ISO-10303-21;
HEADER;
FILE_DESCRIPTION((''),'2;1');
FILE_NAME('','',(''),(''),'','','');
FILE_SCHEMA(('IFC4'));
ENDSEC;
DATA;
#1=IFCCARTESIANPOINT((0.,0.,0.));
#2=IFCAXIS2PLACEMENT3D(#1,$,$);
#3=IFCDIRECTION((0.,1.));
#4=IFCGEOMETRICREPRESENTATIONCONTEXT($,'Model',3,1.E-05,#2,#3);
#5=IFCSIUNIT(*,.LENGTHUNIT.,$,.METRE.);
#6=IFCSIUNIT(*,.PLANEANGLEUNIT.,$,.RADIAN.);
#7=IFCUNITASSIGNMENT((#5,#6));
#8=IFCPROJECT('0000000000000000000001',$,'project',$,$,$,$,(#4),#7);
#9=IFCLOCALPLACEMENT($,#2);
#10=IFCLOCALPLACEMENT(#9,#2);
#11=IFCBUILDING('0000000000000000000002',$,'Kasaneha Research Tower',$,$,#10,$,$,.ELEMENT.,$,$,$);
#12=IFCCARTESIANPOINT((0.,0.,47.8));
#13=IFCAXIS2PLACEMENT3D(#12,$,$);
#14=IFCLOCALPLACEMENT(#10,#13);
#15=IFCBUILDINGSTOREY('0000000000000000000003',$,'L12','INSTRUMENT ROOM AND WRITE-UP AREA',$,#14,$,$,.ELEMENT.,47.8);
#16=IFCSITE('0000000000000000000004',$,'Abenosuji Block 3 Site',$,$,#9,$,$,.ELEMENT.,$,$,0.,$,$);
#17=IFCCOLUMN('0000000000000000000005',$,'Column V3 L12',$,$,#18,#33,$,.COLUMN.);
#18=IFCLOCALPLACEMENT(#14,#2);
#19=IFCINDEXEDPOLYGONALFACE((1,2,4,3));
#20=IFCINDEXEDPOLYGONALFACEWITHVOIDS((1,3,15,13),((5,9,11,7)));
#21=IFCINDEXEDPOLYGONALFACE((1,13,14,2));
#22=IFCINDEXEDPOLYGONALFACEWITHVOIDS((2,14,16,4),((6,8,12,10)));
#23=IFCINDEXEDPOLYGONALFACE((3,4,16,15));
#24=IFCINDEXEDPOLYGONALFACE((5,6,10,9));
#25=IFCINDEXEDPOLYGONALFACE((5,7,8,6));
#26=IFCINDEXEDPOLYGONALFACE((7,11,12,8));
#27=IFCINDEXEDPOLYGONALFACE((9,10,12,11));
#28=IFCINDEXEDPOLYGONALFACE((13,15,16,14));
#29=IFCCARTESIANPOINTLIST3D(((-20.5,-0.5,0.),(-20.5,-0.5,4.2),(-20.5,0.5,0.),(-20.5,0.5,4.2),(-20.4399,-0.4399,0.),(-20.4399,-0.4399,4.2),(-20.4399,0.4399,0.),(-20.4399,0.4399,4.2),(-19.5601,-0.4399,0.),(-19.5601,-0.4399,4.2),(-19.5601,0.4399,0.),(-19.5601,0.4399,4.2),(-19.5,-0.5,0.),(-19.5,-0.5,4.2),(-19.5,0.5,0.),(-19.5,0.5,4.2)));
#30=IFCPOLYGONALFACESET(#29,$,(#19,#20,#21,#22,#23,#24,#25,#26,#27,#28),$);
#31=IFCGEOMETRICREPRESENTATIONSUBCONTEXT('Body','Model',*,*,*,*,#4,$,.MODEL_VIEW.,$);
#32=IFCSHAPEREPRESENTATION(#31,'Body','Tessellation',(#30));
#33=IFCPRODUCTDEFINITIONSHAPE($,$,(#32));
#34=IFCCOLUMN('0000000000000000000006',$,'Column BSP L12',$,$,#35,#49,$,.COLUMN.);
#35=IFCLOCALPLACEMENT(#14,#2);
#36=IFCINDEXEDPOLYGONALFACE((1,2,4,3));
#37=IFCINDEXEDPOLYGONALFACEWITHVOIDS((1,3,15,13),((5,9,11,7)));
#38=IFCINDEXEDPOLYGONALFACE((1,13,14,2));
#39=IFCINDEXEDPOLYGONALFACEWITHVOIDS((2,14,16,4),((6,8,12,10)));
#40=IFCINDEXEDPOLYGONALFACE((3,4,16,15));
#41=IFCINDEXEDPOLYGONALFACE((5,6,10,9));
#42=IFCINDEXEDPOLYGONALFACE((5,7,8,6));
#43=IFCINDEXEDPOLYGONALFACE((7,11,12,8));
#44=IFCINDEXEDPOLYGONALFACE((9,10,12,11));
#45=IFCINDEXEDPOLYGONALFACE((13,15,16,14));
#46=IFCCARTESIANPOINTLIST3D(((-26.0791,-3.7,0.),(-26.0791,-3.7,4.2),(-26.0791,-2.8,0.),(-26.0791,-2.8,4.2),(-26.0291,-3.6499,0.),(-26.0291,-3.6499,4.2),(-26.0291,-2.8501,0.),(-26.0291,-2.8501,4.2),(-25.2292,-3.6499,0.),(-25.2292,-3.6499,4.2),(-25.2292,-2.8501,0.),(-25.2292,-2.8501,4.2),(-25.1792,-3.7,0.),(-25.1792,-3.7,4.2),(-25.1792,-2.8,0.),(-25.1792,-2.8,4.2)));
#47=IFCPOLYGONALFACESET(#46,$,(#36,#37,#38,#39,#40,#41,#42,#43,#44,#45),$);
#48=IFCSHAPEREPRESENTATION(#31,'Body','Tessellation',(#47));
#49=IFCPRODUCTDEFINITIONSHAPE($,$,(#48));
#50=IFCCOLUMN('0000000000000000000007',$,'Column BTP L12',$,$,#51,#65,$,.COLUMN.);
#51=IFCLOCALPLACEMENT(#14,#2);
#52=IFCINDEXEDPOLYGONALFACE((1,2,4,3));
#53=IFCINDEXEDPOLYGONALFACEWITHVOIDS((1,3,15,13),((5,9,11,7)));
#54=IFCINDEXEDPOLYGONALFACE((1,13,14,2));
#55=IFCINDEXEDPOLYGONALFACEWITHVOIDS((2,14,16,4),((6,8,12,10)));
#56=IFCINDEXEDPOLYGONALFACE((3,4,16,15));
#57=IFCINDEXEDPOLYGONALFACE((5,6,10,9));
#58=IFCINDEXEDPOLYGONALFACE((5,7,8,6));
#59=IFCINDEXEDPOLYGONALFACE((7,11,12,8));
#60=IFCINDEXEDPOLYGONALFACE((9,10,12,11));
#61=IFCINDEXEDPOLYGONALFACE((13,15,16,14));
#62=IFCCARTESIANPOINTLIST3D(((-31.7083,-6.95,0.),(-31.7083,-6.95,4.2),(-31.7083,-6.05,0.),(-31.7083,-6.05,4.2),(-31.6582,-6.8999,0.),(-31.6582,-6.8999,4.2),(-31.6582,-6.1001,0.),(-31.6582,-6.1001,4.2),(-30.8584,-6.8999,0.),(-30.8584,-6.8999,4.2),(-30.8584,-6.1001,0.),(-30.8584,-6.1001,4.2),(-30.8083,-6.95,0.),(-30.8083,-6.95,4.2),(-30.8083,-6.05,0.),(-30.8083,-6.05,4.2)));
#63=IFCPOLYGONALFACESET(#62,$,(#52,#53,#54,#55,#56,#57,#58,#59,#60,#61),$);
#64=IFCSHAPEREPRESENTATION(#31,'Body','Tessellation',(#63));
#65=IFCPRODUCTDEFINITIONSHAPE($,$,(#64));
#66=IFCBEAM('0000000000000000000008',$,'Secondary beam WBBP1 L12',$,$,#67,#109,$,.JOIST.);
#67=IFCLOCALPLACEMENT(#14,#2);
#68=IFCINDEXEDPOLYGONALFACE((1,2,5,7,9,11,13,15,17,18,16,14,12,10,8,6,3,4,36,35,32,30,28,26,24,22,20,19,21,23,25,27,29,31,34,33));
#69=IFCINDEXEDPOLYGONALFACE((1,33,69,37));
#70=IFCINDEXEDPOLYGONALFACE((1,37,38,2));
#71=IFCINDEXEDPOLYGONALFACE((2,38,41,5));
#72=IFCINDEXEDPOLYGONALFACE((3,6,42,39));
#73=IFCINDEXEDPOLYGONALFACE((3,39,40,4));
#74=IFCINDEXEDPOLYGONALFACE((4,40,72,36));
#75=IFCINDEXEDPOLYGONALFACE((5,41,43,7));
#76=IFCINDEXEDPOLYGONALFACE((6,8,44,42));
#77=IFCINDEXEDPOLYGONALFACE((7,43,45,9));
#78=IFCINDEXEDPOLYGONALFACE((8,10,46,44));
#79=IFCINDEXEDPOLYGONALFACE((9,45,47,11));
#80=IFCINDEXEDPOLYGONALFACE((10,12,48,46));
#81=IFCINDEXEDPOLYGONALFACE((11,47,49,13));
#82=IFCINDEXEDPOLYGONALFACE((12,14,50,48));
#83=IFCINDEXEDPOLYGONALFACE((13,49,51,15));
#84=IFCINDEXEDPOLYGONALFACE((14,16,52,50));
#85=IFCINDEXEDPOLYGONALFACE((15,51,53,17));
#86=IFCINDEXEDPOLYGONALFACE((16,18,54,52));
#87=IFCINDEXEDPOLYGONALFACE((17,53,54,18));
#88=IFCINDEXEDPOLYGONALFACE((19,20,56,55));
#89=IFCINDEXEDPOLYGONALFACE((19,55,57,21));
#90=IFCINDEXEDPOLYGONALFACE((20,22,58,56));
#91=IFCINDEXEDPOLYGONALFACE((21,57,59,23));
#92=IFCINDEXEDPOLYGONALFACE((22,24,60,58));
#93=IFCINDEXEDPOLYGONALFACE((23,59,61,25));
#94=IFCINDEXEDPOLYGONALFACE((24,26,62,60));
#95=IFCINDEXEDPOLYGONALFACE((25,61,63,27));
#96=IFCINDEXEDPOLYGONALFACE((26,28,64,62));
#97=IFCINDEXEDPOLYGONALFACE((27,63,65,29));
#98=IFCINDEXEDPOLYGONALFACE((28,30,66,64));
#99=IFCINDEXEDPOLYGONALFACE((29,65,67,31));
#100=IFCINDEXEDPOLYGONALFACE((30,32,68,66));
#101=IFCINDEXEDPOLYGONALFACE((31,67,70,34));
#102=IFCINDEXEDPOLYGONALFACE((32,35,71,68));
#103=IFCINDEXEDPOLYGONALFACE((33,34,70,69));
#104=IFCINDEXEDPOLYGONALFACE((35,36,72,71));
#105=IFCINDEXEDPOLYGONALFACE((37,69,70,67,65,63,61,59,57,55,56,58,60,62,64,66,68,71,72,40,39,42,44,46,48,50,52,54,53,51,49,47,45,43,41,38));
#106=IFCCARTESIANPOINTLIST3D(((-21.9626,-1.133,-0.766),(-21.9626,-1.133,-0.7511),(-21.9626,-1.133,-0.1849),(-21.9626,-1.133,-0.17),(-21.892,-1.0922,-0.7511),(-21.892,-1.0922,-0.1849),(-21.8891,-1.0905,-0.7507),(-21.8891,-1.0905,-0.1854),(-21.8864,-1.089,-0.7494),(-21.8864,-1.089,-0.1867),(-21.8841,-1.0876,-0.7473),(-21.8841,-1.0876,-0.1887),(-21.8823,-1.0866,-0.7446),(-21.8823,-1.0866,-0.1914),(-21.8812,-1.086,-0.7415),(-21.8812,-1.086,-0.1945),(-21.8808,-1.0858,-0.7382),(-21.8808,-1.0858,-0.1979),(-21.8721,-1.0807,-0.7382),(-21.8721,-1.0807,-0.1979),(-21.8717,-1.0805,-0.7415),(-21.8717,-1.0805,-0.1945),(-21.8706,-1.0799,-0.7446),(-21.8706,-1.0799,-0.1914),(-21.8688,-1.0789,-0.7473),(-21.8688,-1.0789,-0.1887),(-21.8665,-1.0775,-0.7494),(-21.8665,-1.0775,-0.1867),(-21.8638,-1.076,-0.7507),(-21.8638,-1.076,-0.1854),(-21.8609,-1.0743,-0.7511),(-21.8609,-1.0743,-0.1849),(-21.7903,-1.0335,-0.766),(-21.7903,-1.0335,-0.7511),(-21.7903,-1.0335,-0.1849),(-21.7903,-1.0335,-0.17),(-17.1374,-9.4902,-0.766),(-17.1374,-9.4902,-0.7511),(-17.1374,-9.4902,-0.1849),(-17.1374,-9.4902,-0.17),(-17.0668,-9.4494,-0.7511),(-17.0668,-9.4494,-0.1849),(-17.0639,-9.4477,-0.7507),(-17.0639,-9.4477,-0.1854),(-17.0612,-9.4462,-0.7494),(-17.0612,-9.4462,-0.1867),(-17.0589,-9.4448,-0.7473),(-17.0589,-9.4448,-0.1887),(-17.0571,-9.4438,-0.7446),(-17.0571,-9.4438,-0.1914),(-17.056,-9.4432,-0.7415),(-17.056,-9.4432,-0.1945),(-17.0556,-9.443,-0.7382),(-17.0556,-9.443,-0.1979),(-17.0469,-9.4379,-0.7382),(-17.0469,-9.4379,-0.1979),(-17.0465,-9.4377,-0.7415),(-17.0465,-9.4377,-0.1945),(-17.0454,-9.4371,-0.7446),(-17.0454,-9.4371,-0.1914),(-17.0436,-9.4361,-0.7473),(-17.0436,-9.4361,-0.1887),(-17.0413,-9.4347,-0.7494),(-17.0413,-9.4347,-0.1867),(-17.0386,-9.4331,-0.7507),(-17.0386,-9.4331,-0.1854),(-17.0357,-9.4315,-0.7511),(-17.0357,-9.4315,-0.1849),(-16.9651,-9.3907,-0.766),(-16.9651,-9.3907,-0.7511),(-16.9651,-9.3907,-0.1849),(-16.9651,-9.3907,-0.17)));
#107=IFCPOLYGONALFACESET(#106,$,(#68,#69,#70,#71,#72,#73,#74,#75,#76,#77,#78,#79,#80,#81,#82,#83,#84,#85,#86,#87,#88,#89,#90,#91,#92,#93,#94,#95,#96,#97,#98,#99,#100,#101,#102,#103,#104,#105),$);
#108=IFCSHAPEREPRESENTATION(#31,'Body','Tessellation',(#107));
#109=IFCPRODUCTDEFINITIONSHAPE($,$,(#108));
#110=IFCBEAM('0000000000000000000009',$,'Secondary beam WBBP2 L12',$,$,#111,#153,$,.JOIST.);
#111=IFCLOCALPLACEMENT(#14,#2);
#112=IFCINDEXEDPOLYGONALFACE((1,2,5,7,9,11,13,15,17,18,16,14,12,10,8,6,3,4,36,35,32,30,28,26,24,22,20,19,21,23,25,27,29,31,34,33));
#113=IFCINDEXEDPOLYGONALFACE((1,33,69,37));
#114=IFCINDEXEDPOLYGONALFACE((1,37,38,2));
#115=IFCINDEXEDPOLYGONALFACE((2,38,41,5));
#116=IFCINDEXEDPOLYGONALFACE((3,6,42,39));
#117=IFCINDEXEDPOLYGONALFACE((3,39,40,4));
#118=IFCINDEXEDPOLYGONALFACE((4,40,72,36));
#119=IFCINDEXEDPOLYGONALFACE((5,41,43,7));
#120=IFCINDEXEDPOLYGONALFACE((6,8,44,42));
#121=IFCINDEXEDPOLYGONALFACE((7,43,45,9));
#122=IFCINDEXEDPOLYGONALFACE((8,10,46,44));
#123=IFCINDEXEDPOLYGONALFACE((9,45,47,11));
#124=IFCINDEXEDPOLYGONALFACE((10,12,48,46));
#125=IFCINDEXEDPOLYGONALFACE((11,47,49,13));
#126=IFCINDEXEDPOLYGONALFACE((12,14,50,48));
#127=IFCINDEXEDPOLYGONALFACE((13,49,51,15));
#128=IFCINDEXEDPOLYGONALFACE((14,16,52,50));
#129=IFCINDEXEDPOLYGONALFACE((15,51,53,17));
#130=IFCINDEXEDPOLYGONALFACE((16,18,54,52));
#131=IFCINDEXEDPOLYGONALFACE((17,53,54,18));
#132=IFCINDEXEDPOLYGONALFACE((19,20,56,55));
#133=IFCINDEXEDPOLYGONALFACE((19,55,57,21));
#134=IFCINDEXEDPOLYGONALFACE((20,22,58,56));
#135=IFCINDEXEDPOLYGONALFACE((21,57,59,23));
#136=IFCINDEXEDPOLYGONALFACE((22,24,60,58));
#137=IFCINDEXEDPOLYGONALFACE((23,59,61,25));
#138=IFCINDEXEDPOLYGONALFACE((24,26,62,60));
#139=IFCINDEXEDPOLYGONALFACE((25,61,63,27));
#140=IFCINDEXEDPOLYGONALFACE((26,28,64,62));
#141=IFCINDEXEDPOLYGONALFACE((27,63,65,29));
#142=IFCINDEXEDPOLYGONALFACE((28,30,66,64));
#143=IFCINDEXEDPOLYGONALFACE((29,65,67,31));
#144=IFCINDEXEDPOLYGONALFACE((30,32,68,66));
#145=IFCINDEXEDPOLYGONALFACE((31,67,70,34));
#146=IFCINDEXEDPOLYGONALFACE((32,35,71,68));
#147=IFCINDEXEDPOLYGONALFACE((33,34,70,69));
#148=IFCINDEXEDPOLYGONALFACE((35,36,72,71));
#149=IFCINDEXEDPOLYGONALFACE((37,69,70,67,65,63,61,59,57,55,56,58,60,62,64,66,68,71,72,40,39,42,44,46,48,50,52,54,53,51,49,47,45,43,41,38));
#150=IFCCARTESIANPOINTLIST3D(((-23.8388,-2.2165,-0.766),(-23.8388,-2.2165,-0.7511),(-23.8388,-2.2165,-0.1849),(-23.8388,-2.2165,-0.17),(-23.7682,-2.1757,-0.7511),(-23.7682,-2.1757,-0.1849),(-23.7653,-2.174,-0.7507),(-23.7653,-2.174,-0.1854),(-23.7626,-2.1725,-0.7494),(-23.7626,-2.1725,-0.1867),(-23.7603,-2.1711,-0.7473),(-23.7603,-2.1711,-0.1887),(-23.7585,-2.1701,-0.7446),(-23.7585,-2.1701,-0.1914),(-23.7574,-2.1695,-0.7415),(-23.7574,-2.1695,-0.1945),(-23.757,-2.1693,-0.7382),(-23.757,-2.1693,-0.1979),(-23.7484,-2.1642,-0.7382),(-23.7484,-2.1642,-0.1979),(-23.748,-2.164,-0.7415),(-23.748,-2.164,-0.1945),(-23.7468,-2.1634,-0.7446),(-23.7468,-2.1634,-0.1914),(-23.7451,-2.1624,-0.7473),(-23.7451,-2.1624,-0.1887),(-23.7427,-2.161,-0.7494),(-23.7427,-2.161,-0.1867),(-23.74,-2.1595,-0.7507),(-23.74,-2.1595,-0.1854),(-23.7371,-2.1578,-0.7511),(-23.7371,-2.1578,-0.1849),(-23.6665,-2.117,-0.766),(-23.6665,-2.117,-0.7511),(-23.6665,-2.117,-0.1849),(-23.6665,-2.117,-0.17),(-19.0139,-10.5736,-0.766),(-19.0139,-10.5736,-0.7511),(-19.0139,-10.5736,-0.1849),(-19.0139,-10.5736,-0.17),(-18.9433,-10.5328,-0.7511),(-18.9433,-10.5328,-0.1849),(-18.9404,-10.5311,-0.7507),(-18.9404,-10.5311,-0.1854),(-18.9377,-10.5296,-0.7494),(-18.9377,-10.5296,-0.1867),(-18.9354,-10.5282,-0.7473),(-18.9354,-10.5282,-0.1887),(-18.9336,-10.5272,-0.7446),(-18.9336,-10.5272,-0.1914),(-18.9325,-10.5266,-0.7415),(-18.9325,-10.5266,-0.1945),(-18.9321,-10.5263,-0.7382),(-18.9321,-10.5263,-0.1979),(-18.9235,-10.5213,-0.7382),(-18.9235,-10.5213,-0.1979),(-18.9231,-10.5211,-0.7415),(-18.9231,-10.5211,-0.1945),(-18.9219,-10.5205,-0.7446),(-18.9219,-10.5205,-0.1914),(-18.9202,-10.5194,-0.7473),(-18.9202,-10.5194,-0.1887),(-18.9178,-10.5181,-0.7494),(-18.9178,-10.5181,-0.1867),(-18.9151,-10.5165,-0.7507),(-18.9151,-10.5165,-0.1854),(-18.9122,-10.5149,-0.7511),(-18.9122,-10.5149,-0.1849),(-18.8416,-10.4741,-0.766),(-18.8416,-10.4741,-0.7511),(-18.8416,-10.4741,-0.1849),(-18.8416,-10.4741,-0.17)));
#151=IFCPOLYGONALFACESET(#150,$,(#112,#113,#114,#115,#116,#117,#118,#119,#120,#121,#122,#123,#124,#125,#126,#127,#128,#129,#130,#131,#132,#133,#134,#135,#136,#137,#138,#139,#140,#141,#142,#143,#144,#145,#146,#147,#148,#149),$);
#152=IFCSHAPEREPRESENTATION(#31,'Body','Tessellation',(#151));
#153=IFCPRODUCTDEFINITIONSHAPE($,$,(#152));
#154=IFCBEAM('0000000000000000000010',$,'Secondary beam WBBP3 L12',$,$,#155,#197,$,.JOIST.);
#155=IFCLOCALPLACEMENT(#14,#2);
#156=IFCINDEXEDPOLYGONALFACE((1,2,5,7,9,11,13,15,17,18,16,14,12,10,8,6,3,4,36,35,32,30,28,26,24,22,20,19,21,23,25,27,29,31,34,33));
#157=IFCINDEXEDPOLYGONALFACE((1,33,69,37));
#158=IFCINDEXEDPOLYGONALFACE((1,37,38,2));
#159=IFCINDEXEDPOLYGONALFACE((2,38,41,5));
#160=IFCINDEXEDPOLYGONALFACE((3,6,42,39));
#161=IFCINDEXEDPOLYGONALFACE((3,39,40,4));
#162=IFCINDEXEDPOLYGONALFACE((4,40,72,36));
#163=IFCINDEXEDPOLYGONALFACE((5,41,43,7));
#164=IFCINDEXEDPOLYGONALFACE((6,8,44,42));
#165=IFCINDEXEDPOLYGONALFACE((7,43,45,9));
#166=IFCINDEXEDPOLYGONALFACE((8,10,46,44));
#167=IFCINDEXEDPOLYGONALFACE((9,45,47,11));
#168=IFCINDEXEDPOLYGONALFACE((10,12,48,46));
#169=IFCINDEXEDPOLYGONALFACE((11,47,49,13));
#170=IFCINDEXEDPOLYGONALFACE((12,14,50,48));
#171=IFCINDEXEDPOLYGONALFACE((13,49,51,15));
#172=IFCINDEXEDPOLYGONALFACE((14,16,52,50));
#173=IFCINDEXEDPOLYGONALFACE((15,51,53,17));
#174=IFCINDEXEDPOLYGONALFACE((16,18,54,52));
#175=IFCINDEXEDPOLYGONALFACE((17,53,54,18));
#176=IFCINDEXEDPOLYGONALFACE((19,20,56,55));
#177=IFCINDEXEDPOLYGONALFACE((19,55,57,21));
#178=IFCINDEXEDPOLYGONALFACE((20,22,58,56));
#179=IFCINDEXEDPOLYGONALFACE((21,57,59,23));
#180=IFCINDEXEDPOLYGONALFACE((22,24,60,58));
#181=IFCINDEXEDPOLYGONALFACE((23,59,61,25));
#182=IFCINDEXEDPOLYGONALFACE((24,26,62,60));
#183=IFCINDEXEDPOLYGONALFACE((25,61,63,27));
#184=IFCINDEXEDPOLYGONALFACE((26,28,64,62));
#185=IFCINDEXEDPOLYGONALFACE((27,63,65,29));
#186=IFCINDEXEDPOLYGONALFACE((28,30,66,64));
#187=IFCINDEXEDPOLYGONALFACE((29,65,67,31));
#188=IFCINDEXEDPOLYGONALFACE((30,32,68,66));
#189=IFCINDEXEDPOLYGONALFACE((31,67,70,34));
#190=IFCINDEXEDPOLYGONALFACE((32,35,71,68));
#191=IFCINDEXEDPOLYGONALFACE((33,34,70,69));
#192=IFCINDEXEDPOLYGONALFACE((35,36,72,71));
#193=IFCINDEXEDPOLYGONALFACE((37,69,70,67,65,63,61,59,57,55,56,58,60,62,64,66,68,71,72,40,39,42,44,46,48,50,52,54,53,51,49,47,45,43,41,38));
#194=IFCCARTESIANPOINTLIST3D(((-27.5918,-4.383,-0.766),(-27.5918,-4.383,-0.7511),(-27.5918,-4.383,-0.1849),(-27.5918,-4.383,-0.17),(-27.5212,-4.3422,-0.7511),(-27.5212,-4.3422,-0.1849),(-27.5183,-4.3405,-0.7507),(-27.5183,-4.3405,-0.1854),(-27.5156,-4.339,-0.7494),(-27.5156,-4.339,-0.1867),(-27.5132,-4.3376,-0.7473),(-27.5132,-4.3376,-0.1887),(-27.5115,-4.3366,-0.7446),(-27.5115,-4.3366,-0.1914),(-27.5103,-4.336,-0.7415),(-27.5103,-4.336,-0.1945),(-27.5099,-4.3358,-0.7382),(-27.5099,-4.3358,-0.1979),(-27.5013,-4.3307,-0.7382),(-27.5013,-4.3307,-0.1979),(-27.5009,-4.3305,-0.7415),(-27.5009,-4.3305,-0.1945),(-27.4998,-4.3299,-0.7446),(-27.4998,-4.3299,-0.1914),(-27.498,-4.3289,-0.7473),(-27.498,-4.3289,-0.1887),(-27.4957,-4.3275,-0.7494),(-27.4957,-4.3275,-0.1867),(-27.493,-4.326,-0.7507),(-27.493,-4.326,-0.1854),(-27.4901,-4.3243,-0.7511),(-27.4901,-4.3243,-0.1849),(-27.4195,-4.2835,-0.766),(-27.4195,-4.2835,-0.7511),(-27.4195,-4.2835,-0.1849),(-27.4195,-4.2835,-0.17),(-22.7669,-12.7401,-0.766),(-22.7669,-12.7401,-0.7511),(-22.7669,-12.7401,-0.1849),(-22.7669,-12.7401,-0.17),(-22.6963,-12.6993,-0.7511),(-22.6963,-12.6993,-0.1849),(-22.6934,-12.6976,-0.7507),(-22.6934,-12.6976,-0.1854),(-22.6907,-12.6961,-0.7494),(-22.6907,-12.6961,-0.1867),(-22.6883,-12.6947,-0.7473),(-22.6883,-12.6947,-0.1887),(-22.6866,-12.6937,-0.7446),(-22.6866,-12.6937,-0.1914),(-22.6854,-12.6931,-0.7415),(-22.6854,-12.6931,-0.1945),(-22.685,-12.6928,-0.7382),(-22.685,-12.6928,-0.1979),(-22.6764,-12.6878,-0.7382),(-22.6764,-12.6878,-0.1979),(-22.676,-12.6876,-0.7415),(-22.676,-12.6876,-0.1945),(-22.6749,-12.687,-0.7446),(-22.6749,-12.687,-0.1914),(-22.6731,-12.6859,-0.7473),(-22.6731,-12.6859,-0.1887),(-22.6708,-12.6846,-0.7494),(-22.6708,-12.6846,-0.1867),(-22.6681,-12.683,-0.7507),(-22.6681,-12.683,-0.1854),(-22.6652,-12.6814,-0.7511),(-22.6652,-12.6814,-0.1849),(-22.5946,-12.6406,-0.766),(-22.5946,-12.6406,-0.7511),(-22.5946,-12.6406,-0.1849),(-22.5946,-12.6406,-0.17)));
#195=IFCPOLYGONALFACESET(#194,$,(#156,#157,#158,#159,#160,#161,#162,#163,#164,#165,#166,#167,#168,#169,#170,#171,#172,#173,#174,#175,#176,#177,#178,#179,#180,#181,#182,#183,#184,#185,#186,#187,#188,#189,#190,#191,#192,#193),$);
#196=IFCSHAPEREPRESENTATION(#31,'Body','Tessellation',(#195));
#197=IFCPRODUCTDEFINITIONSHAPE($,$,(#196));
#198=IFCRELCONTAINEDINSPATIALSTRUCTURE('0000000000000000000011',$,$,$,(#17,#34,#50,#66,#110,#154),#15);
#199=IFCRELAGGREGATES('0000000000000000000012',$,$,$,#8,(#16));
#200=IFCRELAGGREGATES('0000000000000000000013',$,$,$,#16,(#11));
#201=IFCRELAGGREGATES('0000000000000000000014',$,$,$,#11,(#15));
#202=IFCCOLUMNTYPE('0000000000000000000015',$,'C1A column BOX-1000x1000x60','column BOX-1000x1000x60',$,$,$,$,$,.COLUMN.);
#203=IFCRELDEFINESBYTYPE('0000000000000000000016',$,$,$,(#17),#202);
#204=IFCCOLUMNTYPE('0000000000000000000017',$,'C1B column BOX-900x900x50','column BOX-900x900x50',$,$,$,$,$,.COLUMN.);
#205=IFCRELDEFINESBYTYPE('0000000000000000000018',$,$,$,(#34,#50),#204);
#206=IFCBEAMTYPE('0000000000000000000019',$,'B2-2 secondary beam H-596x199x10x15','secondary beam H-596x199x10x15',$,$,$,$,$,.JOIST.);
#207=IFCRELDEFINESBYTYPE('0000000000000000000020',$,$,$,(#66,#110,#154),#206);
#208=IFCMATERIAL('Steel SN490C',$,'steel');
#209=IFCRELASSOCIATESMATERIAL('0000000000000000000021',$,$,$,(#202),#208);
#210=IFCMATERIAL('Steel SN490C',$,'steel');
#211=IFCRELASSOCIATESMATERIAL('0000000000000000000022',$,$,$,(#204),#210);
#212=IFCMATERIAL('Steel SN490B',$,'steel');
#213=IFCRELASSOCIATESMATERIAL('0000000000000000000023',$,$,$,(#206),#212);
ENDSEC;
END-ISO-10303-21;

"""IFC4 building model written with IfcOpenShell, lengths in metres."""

from ifc_helpers import new_model, si_unit, direction, frame, origin, origin_2d, place, context, subcontext, project, spatial, hollow_rectangle, i_section, extrude, material, material_profile, profile_set, type_object, element, save


model = new_model("IFC4")

# Units and contexts
model_context = context("Model", 3, precision=1e-05, world=origin(), true_north=direction((0.0, 1.0)))
body_context = subcontext(model_context, "Body", "Model", "MODEL_VIEW")
ifc_project = project(units=[si_unit("LENGTHUNIT", "METRE"), si_unit("PLANEANGLEUNIT", "RADIAN")], contexts=[model_context])

# Site, building, storey
site_placement = place(None, origin())
site = spatial("IfcSite", under=ifc_project, at=site_placement, Name="Abenosuji Block 3 Site", CompositionType="ELEMENT", RefElevation=0.0)
building_placement = place(site_placement, origin())
building = spatial("IfcBuilding", under=site, at=building_placement, Name="Kasaneha Research Tower", CompositionType="ELEMENT")
storey_placement = place(building_placement, frame((0.0, 0.0, 47.8)))
storey = spatial("IfcBuildingStorey", under=building, at=storey_placement, Name="L12", Description="INSTRUMENT ROOM AND WRITE-UP AREA", CompositionType="ELEMENT", Elevation=47.8)

# Columns
ifc_material_1 = material(Name="Steel SN490C", Category="steel")
ifc_material_profile_1 = material_profile(ifc_material_1, hollow_rectangle(XDim=1.0, YDim=1.0, WallThickness=0.0601, at=origin_2d()), Name="BOX-1000x1000x60")
ifc_profile_set_1 = profile_set([ifc_material_profile_1], Name="Steel SN490C")
column_type_1 = type_object("IfcColumnType", Name="C1A column BOX-1000x1000x60", Description="column BOX-1000x1000x60", PredefinedType="COLUMN", material=ifc_profile_set_1)
column_placement = place(storey_placement, frame((-20.0, 0.0, 0.0), z_axis=(0.0, 0.0, 1.0), x_axis=(1.0, 0.0, 0.0)))
element("IfcColumn", 1, at=column_placement, inside=storey, type_object=column_type_1, Name="Column V3 L12", PredefinedType="COLUMN", context=body_context, shape_type="SweptSolid", body=[
    extrude(hollow_rectangle(XDim=1.0, YDim=1.0, WallThickness=0.0601, at=origin_2d()), origin(), (0.0, 0.0, 1.0), 4.2),
])
ifc_material_2 = material(Name="Steel SN490C", Category="steel")
ifc_material_profile_2 = material_profile(ifc_material_2, hollow_rectangle(XDim=0.8999, YDim=0.8999, WallThickness=0.05, at=origin_2d()), Name="BOX-900x900x50")
ifc_profile_set_2 = profile_set([ifc_material_profile_2], Name="Steel SN490C")
column_type_2 = type_object("IfcColumnType", Name="C1B column BOX-900x900x50", Description="column BOX-900x900x50", PredefinedType="COLUMN", material=ifc_profile_set_2)
for number, where, z_axis, x_axis, name in (
    (2, (-25.6292, -3.25, 0.0), (0.0, 0.0, 1.0), (1.0, 0.0, 0.0), "Column BSP L12"),
    (3, (-31.2583, -6.5, 0.0), (0.0, 0.0, 1.0), (1.0, 0.0, 0.0), "Column BTP L12"),
):
    element("IfcColumn", number, at=place(storey_placement, frame(where, z_axis=z_axis, x_axis=x_axis)), inside=storey, type_object=column_type_2, Name=name, PredefinedType="COLUMN", context=body_context, shape_type="SweptSolid", body=[
        extrude(hollow_rectangle(XDim=0.8999, YDim=0.8999, WallThickness=0.05, at=origin_2d()), origin(), (0.0, 0.0, 1.0), 4.2),
    ])

# Beams
ifc_material_3 = material(Name="Steel SN490B", Category="steel")
ifc_material_profile_3 = material_profile(ifc_material_3, i_section(OverallWidth=0.199, OverallDepth=0.5959, WebThickness=0.01, FlangeThickness=0.0149, FilletRadius=0.0129, at=origin_2d()), Name="H-596x199x10x15")
ifc_profile_set_3 = profile_set([ifc_material_profile_3], Name="Steel SN490B")
beam_type_1 = type_object("IfcBeamType", Name="B2-2 secondary beam H-596x199x10x15", Description="secondary beam H-596x199x10x15", PredefinedType="JOIST", material=ifc_profile_set_3)
beam_1_placement = place(storey_placement, frame((-21.8765, -1.0833, -0.468), z_axis=(0.500014, -0.866017, 0.0), x_axis=(0.866017, 0.500014, 0.0)))
element("IfcBeam", 4, at=beam_1_placement, inside=storey, type_object=beam_type_1, Name="Secondary beam WBBP1 L12", PredefinedType="JOIST", context=body_context, shape_type="SweptSolid", body=[
    extrude(i_section(OverallWidth=0.199, OverallDepth=0.5959, WebThickness=0.01, FlangeThickness=0.0149, FilletRadius=0.0129, at=origin_2d()), origin(), (0.0, 0.0, 1.0), 9.6501),
])
for number, where, z_axis, x_axis, name in (
    (5, (-23.7527, -2.1667, -0.468), (0.499995, -0.866028, 0.0), (0.866028, 0.499995, 0.0), "Secondary beam WBBP2 L12"),
    (6, (-27.5056, -4.3333, -0.468), (0.499995, -0.866028, 0.0), (0.866028, 0.499995, 0.0), "Secondary beam WBBP3 L12"),
):
    element("IfcBeam", number, at=place(storey_placement, frame(where, z_axis=z_axis, x_axis=x_axis)), inside=storey, type_object=beam_type_1, Name=name, PredefinedType="JOIST", context=body_context, shape_type="SweptSolid", body=[
        extrude(i_section(OverallWidth=0.199, OverallDepth=0.5959, WebThickness=0.01, FlangeThickness=0.0149, FilletRadius=0.0129, at=origin_2d()), origin(), (0.0, 0.0, 1.0), 9.6499),
    ])

save(model, "model.ifc")
